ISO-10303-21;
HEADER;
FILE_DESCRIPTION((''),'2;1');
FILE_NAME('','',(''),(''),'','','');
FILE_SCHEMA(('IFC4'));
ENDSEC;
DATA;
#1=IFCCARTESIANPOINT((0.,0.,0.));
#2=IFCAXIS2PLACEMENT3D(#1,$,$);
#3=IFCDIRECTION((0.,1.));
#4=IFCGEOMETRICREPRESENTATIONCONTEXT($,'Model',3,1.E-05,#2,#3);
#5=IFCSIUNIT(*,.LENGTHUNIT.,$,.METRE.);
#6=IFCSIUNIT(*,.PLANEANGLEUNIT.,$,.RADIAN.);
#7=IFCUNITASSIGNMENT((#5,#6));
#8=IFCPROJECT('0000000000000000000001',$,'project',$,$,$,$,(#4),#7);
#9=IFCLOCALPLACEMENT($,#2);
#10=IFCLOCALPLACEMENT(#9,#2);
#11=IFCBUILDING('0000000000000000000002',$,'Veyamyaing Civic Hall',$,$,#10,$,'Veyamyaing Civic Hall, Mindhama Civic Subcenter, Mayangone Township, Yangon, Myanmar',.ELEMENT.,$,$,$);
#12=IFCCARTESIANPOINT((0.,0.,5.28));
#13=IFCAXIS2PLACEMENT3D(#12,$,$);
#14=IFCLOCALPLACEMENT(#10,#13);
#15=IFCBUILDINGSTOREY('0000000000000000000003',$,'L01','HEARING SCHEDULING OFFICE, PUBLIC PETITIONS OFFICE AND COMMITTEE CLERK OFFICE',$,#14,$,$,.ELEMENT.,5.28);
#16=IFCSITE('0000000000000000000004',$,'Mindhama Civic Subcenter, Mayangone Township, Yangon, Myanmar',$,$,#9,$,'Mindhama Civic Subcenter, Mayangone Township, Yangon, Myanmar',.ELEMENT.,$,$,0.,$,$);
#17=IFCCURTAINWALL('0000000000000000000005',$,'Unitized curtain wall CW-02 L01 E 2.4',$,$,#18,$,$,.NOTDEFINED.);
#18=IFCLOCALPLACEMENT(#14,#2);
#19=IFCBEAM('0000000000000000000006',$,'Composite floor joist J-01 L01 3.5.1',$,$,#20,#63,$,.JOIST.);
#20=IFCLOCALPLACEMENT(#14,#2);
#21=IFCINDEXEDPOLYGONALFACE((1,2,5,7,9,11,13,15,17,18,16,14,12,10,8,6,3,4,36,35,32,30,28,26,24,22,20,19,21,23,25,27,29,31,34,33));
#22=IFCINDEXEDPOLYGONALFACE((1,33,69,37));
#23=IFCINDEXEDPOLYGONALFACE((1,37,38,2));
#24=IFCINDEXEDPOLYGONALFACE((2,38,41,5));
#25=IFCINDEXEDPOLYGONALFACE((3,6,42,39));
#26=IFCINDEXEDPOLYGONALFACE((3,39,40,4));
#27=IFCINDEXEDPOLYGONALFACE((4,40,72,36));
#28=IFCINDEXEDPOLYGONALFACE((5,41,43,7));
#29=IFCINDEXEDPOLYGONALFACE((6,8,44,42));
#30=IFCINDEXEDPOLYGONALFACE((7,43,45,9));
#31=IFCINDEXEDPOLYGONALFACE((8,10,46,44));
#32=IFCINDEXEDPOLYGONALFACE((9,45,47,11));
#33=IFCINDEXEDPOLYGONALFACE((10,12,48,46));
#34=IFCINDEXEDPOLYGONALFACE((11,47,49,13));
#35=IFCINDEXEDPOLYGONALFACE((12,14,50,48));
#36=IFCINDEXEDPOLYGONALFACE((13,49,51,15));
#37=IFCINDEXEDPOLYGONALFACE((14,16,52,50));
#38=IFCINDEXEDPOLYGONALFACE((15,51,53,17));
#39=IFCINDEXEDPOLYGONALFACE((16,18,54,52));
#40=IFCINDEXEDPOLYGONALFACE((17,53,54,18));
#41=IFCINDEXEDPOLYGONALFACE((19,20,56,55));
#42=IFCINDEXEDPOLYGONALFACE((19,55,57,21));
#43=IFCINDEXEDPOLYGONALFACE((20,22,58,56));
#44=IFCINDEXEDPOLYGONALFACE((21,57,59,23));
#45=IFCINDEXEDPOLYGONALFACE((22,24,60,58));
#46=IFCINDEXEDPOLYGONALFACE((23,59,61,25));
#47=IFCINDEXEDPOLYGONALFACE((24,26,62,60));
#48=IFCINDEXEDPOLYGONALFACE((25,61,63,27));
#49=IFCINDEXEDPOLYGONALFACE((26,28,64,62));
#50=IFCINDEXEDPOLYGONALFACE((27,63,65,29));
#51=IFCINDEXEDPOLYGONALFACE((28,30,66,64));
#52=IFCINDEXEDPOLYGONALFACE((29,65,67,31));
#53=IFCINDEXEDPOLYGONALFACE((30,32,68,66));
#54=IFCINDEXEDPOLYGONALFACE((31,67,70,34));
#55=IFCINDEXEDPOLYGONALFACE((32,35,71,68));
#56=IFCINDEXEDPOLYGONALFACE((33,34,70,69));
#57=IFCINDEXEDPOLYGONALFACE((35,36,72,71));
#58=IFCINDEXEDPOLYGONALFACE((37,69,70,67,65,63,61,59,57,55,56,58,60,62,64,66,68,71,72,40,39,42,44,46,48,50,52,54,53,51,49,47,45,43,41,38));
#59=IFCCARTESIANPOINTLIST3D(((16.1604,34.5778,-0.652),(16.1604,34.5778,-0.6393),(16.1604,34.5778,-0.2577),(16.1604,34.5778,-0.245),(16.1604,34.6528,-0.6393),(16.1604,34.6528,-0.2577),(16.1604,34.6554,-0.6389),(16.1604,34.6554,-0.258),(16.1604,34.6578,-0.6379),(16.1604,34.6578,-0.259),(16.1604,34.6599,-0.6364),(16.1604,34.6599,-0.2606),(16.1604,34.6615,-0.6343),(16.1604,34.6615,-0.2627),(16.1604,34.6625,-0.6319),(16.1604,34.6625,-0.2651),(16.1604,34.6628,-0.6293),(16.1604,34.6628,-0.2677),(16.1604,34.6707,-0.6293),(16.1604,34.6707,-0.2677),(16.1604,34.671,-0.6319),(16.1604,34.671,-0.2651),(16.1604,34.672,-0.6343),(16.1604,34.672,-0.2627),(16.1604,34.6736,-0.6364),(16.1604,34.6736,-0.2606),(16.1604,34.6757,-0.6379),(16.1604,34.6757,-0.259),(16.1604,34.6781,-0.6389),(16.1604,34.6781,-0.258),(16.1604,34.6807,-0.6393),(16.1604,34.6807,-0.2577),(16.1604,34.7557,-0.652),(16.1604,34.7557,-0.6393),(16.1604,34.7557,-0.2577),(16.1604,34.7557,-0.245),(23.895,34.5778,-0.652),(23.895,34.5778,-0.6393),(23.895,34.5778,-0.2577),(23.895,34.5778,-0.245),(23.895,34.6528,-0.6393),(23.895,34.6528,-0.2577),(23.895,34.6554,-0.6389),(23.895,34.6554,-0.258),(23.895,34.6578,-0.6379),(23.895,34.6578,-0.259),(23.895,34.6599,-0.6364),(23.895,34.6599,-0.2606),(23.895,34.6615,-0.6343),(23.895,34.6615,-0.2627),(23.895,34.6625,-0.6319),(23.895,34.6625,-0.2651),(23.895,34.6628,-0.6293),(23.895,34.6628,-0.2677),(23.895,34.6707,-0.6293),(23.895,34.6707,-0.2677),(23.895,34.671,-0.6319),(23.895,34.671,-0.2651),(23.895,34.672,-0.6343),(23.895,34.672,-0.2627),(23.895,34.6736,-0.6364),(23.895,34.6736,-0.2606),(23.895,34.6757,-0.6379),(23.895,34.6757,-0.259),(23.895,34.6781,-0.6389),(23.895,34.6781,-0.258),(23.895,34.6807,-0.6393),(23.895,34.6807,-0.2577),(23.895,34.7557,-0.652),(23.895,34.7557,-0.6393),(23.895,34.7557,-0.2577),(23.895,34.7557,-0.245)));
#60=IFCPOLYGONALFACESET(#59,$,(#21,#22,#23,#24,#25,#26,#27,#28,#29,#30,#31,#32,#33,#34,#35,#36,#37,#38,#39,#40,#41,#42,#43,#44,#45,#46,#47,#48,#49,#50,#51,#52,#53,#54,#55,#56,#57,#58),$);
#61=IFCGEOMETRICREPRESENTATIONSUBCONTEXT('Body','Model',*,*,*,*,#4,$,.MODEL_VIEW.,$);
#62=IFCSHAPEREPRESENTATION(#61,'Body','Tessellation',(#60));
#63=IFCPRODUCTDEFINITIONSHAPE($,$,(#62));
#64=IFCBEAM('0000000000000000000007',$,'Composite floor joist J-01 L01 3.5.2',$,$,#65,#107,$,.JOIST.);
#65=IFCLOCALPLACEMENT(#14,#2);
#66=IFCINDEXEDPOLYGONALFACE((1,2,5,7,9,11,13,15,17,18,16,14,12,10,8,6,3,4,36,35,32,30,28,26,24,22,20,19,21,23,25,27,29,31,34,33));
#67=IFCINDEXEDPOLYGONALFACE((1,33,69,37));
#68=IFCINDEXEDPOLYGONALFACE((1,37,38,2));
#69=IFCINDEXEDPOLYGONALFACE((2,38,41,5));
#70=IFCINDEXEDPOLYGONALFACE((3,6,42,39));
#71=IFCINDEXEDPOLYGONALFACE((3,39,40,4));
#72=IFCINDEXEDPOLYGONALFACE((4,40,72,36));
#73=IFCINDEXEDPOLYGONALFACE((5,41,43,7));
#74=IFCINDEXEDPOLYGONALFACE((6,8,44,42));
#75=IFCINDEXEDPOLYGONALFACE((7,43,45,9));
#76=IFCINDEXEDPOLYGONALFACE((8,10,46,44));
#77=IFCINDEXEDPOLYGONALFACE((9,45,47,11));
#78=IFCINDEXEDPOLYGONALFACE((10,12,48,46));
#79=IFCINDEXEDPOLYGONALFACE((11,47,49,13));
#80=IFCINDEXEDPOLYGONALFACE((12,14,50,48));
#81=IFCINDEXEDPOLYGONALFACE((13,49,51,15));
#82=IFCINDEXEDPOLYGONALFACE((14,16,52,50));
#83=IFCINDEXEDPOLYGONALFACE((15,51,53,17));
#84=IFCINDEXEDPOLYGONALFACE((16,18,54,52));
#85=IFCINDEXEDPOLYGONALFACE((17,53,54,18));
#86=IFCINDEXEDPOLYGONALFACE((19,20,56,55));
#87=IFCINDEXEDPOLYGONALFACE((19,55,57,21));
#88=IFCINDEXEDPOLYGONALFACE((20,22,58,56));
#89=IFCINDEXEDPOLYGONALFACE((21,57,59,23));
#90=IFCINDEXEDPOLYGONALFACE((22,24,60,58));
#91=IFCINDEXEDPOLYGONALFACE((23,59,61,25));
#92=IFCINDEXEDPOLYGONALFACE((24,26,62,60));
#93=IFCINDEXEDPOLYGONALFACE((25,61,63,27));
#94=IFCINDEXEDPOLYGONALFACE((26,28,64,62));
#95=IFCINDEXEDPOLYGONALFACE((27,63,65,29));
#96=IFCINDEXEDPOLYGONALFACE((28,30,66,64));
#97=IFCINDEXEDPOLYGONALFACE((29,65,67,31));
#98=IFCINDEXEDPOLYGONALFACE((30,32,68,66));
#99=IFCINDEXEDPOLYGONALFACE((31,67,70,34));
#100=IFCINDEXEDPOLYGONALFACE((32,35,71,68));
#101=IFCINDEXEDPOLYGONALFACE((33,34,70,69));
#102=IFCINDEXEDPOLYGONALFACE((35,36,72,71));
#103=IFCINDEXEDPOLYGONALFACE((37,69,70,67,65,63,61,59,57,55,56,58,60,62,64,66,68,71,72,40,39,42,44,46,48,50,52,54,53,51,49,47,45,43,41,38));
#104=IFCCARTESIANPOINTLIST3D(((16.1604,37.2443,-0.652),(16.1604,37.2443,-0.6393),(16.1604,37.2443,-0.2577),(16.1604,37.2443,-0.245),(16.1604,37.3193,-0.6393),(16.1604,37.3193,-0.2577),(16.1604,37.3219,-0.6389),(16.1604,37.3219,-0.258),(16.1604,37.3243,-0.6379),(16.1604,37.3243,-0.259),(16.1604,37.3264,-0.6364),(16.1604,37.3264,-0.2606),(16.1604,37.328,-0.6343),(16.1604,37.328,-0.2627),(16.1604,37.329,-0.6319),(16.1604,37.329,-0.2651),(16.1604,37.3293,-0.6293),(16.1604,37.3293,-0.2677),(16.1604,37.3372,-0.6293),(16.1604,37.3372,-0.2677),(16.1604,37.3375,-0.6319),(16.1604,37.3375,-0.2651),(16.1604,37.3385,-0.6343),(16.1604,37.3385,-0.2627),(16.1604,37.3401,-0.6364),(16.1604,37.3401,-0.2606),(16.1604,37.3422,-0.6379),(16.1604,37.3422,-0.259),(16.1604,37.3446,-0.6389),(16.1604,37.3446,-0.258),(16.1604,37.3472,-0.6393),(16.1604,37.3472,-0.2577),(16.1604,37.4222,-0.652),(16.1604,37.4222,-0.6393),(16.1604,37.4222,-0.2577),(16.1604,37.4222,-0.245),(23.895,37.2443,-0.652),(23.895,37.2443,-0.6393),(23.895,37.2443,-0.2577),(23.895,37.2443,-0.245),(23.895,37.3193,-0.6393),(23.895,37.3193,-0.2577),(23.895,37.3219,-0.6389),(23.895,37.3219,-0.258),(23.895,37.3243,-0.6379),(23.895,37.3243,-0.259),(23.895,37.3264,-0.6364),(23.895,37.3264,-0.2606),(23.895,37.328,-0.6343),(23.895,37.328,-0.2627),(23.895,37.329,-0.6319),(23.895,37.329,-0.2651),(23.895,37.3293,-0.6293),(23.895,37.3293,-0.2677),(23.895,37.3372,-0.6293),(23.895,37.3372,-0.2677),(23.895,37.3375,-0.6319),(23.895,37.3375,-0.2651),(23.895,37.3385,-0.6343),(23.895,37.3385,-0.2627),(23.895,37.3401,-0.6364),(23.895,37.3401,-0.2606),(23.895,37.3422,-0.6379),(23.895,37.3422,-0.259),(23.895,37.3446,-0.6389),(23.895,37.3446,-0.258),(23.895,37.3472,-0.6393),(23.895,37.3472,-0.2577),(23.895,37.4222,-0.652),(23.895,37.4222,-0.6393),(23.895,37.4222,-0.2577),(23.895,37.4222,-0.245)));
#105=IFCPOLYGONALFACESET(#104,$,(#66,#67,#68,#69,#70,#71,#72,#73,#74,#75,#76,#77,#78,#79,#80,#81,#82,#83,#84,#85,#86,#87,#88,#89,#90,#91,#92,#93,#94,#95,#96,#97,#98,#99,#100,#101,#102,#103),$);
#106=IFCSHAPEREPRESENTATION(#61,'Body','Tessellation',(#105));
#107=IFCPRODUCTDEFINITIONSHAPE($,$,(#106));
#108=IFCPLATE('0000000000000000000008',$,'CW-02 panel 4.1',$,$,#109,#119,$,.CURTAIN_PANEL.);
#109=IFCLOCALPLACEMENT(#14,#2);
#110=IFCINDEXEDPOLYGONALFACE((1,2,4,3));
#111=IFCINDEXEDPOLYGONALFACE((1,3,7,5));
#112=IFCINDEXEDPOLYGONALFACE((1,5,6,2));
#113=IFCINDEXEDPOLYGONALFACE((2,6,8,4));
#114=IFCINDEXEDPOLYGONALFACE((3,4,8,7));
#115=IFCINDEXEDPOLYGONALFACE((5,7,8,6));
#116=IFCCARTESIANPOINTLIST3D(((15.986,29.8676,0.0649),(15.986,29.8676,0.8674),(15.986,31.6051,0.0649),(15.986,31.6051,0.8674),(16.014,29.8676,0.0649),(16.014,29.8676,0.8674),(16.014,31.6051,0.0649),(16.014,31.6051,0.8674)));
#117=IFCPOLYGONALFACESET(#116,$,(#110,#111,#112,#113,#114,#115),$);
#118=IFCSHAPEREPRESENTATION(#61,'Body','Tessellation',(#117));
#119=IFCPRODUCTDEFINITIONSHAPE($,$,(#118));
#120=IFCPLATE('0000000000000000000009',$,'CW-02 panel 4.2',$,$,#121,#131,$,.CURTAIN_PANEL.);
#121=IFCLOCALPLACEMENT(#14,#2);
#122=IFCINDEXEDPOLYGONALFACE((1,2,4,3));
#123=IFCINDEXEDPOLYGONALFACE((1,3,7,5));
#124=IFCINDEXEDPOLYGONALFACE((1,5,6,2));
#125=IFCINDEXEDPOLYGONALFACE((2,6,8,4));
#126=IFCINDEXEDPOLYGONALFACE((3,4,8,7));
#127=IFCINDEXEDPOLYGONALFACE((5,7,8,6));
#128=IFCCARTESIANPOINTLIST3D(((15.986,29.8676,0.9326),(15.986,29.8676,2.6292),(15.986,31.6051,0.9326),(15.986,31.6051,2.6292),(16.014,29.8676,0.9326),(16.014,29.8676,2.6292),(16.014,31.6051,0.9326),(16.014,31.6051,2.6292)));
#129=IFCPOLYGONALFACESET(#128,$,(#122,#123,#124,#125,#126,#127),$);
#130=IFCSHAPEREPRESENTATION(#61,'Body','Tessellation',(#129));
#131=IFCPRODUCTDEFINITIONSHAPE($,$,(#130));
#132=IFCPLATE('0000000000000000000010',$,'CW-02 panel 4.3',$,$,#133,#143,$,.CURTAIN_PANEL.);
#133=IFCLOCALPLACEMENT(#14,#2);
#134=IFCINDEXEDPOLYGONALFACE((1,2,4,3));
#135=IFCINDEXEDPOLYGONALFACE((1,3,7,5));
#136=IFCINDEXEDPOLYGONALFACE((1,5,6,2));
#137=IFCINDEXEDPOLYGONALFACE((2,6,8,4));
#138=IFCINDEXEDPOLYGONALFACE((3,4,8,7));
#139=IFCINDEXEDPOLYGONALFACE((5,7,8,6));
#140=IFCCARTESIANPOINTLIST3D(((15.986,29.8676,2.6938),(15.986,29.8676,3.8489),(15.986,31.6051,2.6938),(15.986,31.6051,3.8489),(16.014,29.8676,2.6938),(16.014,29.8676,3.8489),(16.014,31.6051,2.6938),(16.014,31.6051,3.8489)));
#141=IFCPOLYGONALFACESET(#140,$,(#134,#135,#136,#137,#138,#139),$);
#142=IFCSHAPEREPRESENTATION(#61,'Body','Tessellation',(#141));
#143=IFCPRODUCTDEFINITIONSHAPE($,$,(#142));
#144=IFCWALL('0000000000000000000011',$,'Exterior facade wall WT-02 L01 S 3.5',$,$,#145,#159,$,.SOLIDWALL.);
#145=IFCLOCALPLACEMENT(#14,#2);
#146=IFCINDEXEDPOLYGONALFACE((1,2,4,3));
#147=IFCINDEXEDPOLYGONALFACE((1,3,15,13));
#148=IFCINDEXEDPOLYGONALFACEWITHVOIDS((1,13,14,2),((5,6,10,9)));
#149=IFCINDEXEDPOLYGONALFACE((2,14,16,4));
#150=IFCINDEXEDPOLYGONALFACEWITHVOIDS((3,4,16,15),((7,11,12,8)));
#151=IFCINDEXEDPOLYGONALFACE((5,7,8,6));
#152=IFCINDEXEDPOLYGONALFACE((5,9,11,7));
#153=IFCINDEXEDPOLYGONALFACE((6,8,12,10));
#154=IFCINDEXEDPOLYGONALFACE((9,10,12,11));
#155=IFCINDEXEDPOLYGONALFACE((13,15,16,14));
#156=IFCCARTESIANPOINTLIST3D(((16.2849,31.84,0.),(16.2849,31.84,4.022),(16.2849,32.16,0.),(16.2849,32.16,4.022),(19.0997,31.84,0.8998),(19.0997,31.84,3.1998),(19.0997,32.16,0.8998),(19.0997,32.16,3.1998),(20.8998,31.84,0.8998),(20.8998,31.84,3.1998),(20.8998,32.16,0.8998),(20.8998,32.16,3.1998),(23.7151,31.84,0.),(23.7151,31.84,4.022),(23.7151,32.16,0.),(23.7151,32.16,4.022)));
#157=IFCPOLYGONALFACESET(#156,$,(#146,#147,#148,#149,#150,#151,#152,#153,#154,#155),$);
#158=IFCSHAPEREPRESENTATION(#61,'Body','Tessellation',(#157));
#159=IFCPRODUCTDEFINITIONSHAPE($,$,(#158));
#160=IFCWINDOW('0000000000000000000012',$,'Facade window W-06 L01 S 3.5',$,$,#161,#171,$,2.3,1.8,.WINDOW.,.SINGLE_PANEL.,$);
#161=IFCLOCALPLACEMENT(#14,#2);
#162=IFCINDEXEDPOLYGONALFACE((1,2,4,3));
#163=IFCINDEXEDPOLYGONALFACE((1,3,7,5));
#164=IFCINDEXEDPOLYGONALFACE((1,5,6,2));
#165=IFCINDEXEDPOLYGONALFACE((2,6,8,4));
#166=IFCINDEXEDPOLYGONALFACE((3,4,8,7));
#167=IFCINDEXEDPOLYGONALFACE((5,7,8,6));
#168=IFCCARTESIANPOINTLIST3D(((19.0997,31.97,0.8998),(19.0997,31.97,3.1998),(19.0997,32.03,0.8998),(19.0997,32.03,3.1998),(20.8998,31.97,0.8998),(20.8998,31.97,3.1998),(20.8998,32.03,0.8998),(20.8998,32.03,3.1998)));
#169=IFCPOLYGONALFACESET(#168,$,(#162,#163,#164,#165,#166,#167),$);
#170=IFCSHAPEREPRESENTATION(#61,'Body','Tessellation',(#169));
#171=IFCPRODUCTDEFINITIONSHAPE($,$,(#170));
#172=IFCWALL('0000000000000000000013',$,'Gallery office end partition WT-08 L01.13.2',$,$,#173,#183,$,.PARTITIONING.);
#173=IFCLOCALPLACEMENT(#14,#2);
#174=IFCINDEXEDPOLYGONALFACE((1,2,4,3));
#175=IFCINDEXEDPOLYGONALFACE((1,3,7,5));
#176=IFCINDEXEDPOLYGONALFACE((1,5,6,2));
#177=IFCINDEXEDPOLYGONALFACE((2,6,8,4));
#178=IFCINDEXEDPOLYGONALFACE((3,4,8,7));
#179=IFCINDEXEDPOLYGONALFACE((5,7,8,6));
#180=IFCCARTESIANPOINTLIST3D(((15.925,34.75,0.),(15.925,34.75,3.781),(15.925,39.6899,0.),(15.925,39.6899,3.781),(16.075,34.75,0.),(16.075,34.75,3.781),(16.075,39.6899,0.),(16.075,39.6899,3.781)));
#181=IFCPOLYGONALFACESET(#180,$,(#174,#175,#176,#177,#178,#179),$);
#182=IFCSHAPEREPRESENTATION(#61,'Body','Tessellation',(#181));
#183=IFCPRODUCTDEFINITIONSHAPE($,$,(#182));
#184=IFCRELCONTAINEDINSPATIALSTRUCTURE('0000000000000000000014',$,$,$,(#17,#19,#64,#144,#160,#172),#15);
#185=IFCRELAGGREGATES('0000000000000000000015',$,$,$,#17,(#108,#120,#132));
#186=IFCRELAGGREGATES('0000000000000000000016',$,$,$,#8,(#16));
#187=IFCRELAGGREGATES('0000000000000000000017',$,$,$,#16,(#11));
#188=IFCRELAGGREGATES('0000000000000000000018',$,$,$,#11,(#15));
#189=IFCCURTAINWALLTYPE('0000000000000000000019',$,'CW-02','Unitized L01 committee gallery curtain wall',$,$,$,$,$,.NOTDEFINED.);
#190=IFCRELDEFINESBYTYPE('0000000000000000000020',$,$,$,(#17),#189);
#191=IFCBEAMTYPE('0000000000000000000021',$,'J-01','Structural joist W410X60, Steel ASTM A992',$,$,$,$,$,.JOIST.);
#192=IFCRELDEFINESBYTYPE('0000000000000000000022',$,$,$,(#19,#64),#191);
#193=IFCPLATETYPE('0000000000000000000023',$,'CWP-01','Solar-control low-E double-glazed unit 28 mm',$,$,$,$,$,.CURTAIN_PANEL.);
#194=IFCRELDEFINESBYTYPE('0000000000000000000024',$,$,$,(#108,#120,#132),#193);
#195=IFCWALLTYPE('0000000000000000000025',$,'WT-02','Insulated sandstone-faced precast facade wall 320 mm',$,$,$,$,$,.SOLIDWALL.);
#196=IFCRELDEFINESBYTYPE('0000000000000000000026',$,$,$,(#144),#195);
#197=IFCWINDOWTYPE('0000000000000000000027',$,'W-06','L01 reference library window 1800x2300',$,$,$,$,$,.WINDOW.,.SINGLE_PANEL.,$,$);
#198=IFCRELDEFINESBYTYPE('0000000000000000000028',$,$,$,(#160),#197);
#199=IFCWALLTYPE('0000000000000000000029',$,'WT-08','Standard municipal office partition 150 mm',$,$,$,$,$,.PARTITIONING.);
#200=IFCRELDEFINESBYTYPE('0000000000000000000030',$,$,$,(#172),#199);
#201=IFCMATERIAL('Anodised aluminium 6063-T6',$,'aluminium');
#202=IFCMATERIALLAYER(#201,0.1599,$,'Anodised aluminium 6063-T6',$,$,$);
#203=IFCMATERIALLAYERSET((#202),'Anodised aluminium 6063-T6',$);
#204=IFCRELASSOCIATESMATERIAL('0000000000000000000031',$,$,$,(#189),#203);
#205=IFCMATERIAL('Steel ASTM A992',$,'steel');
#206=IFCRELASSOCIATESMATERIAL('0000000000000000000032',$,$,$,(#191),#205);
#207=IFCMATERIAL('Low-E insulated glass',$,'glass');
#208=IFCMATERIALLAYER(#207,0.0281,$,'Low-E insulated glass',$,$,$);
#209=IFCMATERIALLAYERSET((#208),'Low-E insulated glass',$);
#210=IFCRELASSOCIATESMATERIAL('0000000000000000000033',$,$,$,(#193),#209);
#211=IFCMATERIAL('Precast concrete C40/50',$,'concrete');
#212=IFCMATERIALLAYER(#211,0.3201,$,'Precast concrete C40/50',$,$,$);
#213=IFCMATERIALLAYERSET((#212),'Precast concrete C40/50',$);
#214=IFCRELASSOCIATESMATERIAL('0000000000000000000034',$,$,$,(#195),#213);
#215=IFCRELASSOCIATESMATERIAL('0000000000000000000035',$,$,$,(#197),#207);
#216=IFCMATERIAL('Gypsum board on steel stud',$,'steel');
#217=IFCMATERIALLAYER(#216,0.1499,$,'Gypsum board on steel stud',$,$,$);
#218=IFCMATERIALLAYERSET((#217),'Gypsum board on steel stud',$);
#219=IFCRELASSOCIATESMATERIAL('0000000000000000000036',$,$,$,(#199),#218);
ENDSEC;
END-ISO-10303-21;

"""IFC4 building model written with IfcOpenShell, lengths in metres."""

from ifc_helpers import new_model, si_unit, direction, frame, frame_2d, origin, origin_2d, place, context, subcontext, project, spatial, rectangle, i_section, extrude, material, layer, layer_set, material_profile, profile_set, type_object, element, fill, aggregate, save


model = new_model("IFC4")

# Units and contexts
model_context = context("Model", 3, precision=1e-05, world=origin(), true_north=direction((0.0, 1.0)))
body_context = subcontext(model_context, "Body", "Model", "MODEL_VIEW")
ifc_project = project(units=[si_unit("LENGTHUNIT", "METRE"), si_unit("PLANEANGLEUNIT", "RADIAN")], contexts=[model_context])

# Site, building, storey
site_placement = place(None, origin())
site = spatial("IfcSite", under=ifc_project, at=site_placement, Name="Mindhama Civic Subcenter, Mayangone Township, Yangon, Myanmar", LongName="Mindhama Civic Subcenter, Mayangone Township, Yangon, Myanmar", CompositionType="ELEMENT", RefElevation=0.0)
building_placement = place(site_placement, origin())
building = spatial("IfcBuilding", under=site, at=building_placement, Name="Veyamyaing Civic Hall", LongName="Veyamyaing Civic Hall, Mindhama Civic Subcenter, Mayangone Township, Yangon, Myanmar", CompositionType="ELEMENT")
storey_placement = place(building_placement, frame((0.0, 0.0, 5.28)))
storey = spatial("IfcBuildingStorey", under=building, at=storey_placement, Name="L01", Description="HEARING SCHEDULING OFFICE, PUBLIC PETITIONS OFFICE AND COMMITTEE CLERK OFFICE", CompositionType="ELEMENT", Elevation=5.28)

# Shared definitions
ifc_material_1 = material(Name="Steel ASTM A992", Category="steel")

# Curtain wall
ifc_material_2 = material(Name="Anodised aluminium 6063-T6", Category="aluminium")
ifc_layer_1 = layer(ifc_material_2, 0.1599, Name="Anodised aluminium 6063-T6")
ifc_layer_set_1 = layer_set([ifc_layer_1], Name="Anodised aluminium 6063-T6")
curtain_wall_type = type_object("IfcCurtainWallType", Name="CW-02", Description="Unitized L01 committee gallery curtain wall", PredefinedType="NOTDEFINED", material=ifc_layer_set_1)
curtain_wall_placement = place(storey_placement, origin())
curtain_wall = element("IfcCurtainWall", 1, at=curtain_wall_placement, inside=storey, type_object=curtain_wall_type, Name="Unitized curtain wall CW-02 L01 E 2.4", PredefinedType="NOTDEFINED")

# Beams
ifc_material_profile_1 = material_profile(ifc_material_1, i_section(OverallWidth=0.178, OverallDepth=0.407, WebThickness=0.0078, FlangeThickness=0.0127, FilletRadius=0.01, at=origin_2d()), Name="W410X60")
ifc_profile_set_1 = profile_set([ifc_material_profile_1], Name="Steel ASTM A992")
beam_type_1 = type_object("IfcBeamType", Name="J-01", Description="Structural joist W410X60, Steel ASTM A992", PredefinedType="JOIST", material=ifc_profile_set_1)
for number, where, z_axis, x_axis, name in (
    (2, (16.1604, 34.6667, -0.4485), (1.0, 0.0, 0.0), (0.0, 1.0, 0.0), "Composite floor joist J-01 L01 3.5.1"),
    (3, (16.1604, 37.3333, -0.4485), (1.0, 0.0, 0.0), (0.0, 1.0, 0.0), "Composite floor joist J-01 L01 3.5.2"),
):
    element("IfcBeam", number, at=place(storey_placement, frame(where, z_axis=z_axis, x_axis=x_axis)), inside=storey, type_object=beam_type_1, Name=name, PredefinedType="JOIST", context=body_context, shape_type="SweptSolid", body=[
        extrude(i_section(OverallWidth=0.178, OverallDepth=0.407, WebThickness=0.0078, FlangeThickness=0.0127, FilletRadius=0.01, at=origin_2d()), origin(), (0.0, 0.0, 1.0), 7.7346),
    ])

# Plates
ifc_material_3 = material(Name="Low-E insulated glass", Category="glass")
ifc_layer_2 = layer(ifc_material_3, 0.0281, Name="Low-E insulated glass")
ifc_layer_set_2 = layer_set([ifc_layer_2], Name="Low-E insulated glass")
plate_type = type_object("IfcPlateType", Name="CWP-01", Description="Solar-control low-E double-glazed unit 28 mm", PredefinedType="CURTAIN_PANEL", material=ifc_layer_set_2)
plate_1_placement = place(storey_placement, frame((16.0, 30.7363, 0.0649), z_axis=(0.0, 0.0, 1.0), x_axis=(0.0, 1.0, 0.0)))
plate_1 = element("IfcPlate", 4, at=plate_1_placement, type_object=plate_type, Name="CW-02 panel 4.1", PredefinedType="CURTAIN_PANEL", context=body_context, shape_type="SweptSolid", body=[
    extrude(rectangle(XDim=1.7375, YDim=0.0281, at=origin_2d()), origin(), (0.0, 0.0, 1.0), 0.8025),
])
plate_2_placement = place(storey_placement, frame((16.0, 30.7363, 0.9326), z_axis=(0.0, 0.0, 1.0), x_axis=(0.0, 1.0, 0.0)))
plate_2 = element("IfcPlate", 5, at=plate_2_placement, type_object=plate_type, Name="CW-02 panel 4.2", PredefinedType="CURTAIN_PANEL", context=body_context, shape_type="SweptSolid", body=[
    extrude(rectangle(XDim=1.7375, YDim=0.0281, at=origin_2d()), origin(), (0.0, 0.0, 1.0), 1.6965),
])
plate_3_placement = place(storey_placement, frame((16.0, 30.7363, 2.6938), z_axis=(0.0, 0.0, 1.0), x_axis=(0.0, 1.0, 0.0)))
plate_3 = element("IfcPlate", 6, at=plate_3_placement, type_object=plate_type, Name="CW-02 panel 4.3", PredefinedType="CURTAIN_PANEL", context=body_context, shape_type="SweptSolid", body=[
    extrude(rectangle(XDim=1.7375, YDim=0.0281, at=origin_2d()), origin(), (0.0, 0.0, 1.0), 1.155),
])
aggregate(curtain_wall, [plate_1, plate_2, plate_3])

# Wall, opening, window
ifc_material_4 = material(Name="Precast concrete C40/50", Category="concrete")
ifc_layer_3 = layer(ifc_material_4, 0.3201, Name="Precast concrete C40/50")
ifc_layer_set_3 = layer_set([ifc_layer_3], Name="Precast concrete C40/50")
wall_type_1 = type_object("IfcWallType", Name="WT-02", Description="Insulated sandstone-faced precast facade wall 320 mm", PredefinedType="SOLIDWALL", material=ifc_layer_set_3)
wall_1_placement = place(storey_placement, frame((16.2849, 32.0, 0.0), z_axis=(0.0, 0.0, 1.0), x_axis=(1.0, 0.0, 0.0)))
wall_1 = element("IfcWall", 7, at=wall_1_placement, inside=storey, type_object=wall_type_1, Name="Exterior facade wall WT-02 L01 S 3.5", PredefinedType="SOLIDWALL", context=body_context, shape_type="SweptSolid", body=[
    extrude(rectangle(XDim=7.4302, YDim=0.3201, at=frame_2d((3.7151, 0.0))), origin(), (0.0, 0.0, 1.0), 4.022),
])
opening_1_placement = place(wall_1_placement, frame((2.8149, 0.0, 0.8999)))
opening_1 = element("IfcOpeningElement", 8, at=opening_1_placement, cuts=wall_1, PredefinedType="OPENING", context=body_context, shape_type="SweptSolid", body=[
    extrude(rectangle(XDim=1.8, YDim=2.3, at=frame_2d((0.8999, 1.1499))), frame((0.0, 0.1699, 0.0), z_axis=(0.0, -1.0, 0.0), x_axis=(1.0, 0.0, 0.0)), (0.0, 0.0, 1.0), 0.3401),
])
window_type = type_object("IfcWindowType", Name="W-06", Description="L01 reference library window 1800x2300", PartitioningType="SINGLE_PANEL", PredefinedType="WINDOW", material=ifc_material_3)
window_placement = place(opening_1_placement, origin())
window = element("IfcWindow", 9, at=window_placement, inside=storey, type_object=window_type, Name="Facade window W-06 L01 S 3.5", OverallHeight=2.3, OverallWidth=1.8, PartitioningType="SINGLE_PANEL", PredefinedType="WINDOW", context=body_context, shape_type="SweptSolid", body=[
    extrude(rectangle(XDim=1.8, YDim=2.3, at=frame_2d((0.8999, 1.1499))), frame((0.0, 0.03, 0.0), z_axis=(0.0, -1.0, 0.0), x_axis=(1.0, 0.0, 0.0)), (0.0, 0.0, 1.0), 0.0601),
])
fill(opening_1, window)

# Wall
ifc_material_5 = material(Name="Gypsum board on steel stud", Category="steel")
ifc_layer_4 = layer(ifc_material_5, 0.1499, Name="Gypsum board on steel stud")
ifc_layer_set_4 = layer_set([ifc_layer_4], Name="Gypsum board on steel stud")
wall_type_2 = type_object("IfcWallType", Name="WT-08", Description="Standard municipal office partition 150 mm", PredefinedType="PARTITIONING", material=ifc_layer_set_4)
wall_2_placement = place(storey_placement, frame((16.0, 34.75, 0.0), z_axis=(0.0, 0.0, 1.0), x_axis=(0.0, 1.0, 0.0)))
element("IfcWall", 10, at=wall_2_placement, inside=storey, type_object=wall_type_2, Name="Gallery office end partition WT-08 L01.13.2", PredefinedType="PARTITIONING", context=body_context, shape_type="SweptSolid", body=[
    extrude(rectangle(XDim=4.9399, YDim=0.1499, at=frame_2d((2.47, 0.0))), origin(), (0.0, 0.0, 1.0), 3.781),
])

save(model, "model.ifc")
